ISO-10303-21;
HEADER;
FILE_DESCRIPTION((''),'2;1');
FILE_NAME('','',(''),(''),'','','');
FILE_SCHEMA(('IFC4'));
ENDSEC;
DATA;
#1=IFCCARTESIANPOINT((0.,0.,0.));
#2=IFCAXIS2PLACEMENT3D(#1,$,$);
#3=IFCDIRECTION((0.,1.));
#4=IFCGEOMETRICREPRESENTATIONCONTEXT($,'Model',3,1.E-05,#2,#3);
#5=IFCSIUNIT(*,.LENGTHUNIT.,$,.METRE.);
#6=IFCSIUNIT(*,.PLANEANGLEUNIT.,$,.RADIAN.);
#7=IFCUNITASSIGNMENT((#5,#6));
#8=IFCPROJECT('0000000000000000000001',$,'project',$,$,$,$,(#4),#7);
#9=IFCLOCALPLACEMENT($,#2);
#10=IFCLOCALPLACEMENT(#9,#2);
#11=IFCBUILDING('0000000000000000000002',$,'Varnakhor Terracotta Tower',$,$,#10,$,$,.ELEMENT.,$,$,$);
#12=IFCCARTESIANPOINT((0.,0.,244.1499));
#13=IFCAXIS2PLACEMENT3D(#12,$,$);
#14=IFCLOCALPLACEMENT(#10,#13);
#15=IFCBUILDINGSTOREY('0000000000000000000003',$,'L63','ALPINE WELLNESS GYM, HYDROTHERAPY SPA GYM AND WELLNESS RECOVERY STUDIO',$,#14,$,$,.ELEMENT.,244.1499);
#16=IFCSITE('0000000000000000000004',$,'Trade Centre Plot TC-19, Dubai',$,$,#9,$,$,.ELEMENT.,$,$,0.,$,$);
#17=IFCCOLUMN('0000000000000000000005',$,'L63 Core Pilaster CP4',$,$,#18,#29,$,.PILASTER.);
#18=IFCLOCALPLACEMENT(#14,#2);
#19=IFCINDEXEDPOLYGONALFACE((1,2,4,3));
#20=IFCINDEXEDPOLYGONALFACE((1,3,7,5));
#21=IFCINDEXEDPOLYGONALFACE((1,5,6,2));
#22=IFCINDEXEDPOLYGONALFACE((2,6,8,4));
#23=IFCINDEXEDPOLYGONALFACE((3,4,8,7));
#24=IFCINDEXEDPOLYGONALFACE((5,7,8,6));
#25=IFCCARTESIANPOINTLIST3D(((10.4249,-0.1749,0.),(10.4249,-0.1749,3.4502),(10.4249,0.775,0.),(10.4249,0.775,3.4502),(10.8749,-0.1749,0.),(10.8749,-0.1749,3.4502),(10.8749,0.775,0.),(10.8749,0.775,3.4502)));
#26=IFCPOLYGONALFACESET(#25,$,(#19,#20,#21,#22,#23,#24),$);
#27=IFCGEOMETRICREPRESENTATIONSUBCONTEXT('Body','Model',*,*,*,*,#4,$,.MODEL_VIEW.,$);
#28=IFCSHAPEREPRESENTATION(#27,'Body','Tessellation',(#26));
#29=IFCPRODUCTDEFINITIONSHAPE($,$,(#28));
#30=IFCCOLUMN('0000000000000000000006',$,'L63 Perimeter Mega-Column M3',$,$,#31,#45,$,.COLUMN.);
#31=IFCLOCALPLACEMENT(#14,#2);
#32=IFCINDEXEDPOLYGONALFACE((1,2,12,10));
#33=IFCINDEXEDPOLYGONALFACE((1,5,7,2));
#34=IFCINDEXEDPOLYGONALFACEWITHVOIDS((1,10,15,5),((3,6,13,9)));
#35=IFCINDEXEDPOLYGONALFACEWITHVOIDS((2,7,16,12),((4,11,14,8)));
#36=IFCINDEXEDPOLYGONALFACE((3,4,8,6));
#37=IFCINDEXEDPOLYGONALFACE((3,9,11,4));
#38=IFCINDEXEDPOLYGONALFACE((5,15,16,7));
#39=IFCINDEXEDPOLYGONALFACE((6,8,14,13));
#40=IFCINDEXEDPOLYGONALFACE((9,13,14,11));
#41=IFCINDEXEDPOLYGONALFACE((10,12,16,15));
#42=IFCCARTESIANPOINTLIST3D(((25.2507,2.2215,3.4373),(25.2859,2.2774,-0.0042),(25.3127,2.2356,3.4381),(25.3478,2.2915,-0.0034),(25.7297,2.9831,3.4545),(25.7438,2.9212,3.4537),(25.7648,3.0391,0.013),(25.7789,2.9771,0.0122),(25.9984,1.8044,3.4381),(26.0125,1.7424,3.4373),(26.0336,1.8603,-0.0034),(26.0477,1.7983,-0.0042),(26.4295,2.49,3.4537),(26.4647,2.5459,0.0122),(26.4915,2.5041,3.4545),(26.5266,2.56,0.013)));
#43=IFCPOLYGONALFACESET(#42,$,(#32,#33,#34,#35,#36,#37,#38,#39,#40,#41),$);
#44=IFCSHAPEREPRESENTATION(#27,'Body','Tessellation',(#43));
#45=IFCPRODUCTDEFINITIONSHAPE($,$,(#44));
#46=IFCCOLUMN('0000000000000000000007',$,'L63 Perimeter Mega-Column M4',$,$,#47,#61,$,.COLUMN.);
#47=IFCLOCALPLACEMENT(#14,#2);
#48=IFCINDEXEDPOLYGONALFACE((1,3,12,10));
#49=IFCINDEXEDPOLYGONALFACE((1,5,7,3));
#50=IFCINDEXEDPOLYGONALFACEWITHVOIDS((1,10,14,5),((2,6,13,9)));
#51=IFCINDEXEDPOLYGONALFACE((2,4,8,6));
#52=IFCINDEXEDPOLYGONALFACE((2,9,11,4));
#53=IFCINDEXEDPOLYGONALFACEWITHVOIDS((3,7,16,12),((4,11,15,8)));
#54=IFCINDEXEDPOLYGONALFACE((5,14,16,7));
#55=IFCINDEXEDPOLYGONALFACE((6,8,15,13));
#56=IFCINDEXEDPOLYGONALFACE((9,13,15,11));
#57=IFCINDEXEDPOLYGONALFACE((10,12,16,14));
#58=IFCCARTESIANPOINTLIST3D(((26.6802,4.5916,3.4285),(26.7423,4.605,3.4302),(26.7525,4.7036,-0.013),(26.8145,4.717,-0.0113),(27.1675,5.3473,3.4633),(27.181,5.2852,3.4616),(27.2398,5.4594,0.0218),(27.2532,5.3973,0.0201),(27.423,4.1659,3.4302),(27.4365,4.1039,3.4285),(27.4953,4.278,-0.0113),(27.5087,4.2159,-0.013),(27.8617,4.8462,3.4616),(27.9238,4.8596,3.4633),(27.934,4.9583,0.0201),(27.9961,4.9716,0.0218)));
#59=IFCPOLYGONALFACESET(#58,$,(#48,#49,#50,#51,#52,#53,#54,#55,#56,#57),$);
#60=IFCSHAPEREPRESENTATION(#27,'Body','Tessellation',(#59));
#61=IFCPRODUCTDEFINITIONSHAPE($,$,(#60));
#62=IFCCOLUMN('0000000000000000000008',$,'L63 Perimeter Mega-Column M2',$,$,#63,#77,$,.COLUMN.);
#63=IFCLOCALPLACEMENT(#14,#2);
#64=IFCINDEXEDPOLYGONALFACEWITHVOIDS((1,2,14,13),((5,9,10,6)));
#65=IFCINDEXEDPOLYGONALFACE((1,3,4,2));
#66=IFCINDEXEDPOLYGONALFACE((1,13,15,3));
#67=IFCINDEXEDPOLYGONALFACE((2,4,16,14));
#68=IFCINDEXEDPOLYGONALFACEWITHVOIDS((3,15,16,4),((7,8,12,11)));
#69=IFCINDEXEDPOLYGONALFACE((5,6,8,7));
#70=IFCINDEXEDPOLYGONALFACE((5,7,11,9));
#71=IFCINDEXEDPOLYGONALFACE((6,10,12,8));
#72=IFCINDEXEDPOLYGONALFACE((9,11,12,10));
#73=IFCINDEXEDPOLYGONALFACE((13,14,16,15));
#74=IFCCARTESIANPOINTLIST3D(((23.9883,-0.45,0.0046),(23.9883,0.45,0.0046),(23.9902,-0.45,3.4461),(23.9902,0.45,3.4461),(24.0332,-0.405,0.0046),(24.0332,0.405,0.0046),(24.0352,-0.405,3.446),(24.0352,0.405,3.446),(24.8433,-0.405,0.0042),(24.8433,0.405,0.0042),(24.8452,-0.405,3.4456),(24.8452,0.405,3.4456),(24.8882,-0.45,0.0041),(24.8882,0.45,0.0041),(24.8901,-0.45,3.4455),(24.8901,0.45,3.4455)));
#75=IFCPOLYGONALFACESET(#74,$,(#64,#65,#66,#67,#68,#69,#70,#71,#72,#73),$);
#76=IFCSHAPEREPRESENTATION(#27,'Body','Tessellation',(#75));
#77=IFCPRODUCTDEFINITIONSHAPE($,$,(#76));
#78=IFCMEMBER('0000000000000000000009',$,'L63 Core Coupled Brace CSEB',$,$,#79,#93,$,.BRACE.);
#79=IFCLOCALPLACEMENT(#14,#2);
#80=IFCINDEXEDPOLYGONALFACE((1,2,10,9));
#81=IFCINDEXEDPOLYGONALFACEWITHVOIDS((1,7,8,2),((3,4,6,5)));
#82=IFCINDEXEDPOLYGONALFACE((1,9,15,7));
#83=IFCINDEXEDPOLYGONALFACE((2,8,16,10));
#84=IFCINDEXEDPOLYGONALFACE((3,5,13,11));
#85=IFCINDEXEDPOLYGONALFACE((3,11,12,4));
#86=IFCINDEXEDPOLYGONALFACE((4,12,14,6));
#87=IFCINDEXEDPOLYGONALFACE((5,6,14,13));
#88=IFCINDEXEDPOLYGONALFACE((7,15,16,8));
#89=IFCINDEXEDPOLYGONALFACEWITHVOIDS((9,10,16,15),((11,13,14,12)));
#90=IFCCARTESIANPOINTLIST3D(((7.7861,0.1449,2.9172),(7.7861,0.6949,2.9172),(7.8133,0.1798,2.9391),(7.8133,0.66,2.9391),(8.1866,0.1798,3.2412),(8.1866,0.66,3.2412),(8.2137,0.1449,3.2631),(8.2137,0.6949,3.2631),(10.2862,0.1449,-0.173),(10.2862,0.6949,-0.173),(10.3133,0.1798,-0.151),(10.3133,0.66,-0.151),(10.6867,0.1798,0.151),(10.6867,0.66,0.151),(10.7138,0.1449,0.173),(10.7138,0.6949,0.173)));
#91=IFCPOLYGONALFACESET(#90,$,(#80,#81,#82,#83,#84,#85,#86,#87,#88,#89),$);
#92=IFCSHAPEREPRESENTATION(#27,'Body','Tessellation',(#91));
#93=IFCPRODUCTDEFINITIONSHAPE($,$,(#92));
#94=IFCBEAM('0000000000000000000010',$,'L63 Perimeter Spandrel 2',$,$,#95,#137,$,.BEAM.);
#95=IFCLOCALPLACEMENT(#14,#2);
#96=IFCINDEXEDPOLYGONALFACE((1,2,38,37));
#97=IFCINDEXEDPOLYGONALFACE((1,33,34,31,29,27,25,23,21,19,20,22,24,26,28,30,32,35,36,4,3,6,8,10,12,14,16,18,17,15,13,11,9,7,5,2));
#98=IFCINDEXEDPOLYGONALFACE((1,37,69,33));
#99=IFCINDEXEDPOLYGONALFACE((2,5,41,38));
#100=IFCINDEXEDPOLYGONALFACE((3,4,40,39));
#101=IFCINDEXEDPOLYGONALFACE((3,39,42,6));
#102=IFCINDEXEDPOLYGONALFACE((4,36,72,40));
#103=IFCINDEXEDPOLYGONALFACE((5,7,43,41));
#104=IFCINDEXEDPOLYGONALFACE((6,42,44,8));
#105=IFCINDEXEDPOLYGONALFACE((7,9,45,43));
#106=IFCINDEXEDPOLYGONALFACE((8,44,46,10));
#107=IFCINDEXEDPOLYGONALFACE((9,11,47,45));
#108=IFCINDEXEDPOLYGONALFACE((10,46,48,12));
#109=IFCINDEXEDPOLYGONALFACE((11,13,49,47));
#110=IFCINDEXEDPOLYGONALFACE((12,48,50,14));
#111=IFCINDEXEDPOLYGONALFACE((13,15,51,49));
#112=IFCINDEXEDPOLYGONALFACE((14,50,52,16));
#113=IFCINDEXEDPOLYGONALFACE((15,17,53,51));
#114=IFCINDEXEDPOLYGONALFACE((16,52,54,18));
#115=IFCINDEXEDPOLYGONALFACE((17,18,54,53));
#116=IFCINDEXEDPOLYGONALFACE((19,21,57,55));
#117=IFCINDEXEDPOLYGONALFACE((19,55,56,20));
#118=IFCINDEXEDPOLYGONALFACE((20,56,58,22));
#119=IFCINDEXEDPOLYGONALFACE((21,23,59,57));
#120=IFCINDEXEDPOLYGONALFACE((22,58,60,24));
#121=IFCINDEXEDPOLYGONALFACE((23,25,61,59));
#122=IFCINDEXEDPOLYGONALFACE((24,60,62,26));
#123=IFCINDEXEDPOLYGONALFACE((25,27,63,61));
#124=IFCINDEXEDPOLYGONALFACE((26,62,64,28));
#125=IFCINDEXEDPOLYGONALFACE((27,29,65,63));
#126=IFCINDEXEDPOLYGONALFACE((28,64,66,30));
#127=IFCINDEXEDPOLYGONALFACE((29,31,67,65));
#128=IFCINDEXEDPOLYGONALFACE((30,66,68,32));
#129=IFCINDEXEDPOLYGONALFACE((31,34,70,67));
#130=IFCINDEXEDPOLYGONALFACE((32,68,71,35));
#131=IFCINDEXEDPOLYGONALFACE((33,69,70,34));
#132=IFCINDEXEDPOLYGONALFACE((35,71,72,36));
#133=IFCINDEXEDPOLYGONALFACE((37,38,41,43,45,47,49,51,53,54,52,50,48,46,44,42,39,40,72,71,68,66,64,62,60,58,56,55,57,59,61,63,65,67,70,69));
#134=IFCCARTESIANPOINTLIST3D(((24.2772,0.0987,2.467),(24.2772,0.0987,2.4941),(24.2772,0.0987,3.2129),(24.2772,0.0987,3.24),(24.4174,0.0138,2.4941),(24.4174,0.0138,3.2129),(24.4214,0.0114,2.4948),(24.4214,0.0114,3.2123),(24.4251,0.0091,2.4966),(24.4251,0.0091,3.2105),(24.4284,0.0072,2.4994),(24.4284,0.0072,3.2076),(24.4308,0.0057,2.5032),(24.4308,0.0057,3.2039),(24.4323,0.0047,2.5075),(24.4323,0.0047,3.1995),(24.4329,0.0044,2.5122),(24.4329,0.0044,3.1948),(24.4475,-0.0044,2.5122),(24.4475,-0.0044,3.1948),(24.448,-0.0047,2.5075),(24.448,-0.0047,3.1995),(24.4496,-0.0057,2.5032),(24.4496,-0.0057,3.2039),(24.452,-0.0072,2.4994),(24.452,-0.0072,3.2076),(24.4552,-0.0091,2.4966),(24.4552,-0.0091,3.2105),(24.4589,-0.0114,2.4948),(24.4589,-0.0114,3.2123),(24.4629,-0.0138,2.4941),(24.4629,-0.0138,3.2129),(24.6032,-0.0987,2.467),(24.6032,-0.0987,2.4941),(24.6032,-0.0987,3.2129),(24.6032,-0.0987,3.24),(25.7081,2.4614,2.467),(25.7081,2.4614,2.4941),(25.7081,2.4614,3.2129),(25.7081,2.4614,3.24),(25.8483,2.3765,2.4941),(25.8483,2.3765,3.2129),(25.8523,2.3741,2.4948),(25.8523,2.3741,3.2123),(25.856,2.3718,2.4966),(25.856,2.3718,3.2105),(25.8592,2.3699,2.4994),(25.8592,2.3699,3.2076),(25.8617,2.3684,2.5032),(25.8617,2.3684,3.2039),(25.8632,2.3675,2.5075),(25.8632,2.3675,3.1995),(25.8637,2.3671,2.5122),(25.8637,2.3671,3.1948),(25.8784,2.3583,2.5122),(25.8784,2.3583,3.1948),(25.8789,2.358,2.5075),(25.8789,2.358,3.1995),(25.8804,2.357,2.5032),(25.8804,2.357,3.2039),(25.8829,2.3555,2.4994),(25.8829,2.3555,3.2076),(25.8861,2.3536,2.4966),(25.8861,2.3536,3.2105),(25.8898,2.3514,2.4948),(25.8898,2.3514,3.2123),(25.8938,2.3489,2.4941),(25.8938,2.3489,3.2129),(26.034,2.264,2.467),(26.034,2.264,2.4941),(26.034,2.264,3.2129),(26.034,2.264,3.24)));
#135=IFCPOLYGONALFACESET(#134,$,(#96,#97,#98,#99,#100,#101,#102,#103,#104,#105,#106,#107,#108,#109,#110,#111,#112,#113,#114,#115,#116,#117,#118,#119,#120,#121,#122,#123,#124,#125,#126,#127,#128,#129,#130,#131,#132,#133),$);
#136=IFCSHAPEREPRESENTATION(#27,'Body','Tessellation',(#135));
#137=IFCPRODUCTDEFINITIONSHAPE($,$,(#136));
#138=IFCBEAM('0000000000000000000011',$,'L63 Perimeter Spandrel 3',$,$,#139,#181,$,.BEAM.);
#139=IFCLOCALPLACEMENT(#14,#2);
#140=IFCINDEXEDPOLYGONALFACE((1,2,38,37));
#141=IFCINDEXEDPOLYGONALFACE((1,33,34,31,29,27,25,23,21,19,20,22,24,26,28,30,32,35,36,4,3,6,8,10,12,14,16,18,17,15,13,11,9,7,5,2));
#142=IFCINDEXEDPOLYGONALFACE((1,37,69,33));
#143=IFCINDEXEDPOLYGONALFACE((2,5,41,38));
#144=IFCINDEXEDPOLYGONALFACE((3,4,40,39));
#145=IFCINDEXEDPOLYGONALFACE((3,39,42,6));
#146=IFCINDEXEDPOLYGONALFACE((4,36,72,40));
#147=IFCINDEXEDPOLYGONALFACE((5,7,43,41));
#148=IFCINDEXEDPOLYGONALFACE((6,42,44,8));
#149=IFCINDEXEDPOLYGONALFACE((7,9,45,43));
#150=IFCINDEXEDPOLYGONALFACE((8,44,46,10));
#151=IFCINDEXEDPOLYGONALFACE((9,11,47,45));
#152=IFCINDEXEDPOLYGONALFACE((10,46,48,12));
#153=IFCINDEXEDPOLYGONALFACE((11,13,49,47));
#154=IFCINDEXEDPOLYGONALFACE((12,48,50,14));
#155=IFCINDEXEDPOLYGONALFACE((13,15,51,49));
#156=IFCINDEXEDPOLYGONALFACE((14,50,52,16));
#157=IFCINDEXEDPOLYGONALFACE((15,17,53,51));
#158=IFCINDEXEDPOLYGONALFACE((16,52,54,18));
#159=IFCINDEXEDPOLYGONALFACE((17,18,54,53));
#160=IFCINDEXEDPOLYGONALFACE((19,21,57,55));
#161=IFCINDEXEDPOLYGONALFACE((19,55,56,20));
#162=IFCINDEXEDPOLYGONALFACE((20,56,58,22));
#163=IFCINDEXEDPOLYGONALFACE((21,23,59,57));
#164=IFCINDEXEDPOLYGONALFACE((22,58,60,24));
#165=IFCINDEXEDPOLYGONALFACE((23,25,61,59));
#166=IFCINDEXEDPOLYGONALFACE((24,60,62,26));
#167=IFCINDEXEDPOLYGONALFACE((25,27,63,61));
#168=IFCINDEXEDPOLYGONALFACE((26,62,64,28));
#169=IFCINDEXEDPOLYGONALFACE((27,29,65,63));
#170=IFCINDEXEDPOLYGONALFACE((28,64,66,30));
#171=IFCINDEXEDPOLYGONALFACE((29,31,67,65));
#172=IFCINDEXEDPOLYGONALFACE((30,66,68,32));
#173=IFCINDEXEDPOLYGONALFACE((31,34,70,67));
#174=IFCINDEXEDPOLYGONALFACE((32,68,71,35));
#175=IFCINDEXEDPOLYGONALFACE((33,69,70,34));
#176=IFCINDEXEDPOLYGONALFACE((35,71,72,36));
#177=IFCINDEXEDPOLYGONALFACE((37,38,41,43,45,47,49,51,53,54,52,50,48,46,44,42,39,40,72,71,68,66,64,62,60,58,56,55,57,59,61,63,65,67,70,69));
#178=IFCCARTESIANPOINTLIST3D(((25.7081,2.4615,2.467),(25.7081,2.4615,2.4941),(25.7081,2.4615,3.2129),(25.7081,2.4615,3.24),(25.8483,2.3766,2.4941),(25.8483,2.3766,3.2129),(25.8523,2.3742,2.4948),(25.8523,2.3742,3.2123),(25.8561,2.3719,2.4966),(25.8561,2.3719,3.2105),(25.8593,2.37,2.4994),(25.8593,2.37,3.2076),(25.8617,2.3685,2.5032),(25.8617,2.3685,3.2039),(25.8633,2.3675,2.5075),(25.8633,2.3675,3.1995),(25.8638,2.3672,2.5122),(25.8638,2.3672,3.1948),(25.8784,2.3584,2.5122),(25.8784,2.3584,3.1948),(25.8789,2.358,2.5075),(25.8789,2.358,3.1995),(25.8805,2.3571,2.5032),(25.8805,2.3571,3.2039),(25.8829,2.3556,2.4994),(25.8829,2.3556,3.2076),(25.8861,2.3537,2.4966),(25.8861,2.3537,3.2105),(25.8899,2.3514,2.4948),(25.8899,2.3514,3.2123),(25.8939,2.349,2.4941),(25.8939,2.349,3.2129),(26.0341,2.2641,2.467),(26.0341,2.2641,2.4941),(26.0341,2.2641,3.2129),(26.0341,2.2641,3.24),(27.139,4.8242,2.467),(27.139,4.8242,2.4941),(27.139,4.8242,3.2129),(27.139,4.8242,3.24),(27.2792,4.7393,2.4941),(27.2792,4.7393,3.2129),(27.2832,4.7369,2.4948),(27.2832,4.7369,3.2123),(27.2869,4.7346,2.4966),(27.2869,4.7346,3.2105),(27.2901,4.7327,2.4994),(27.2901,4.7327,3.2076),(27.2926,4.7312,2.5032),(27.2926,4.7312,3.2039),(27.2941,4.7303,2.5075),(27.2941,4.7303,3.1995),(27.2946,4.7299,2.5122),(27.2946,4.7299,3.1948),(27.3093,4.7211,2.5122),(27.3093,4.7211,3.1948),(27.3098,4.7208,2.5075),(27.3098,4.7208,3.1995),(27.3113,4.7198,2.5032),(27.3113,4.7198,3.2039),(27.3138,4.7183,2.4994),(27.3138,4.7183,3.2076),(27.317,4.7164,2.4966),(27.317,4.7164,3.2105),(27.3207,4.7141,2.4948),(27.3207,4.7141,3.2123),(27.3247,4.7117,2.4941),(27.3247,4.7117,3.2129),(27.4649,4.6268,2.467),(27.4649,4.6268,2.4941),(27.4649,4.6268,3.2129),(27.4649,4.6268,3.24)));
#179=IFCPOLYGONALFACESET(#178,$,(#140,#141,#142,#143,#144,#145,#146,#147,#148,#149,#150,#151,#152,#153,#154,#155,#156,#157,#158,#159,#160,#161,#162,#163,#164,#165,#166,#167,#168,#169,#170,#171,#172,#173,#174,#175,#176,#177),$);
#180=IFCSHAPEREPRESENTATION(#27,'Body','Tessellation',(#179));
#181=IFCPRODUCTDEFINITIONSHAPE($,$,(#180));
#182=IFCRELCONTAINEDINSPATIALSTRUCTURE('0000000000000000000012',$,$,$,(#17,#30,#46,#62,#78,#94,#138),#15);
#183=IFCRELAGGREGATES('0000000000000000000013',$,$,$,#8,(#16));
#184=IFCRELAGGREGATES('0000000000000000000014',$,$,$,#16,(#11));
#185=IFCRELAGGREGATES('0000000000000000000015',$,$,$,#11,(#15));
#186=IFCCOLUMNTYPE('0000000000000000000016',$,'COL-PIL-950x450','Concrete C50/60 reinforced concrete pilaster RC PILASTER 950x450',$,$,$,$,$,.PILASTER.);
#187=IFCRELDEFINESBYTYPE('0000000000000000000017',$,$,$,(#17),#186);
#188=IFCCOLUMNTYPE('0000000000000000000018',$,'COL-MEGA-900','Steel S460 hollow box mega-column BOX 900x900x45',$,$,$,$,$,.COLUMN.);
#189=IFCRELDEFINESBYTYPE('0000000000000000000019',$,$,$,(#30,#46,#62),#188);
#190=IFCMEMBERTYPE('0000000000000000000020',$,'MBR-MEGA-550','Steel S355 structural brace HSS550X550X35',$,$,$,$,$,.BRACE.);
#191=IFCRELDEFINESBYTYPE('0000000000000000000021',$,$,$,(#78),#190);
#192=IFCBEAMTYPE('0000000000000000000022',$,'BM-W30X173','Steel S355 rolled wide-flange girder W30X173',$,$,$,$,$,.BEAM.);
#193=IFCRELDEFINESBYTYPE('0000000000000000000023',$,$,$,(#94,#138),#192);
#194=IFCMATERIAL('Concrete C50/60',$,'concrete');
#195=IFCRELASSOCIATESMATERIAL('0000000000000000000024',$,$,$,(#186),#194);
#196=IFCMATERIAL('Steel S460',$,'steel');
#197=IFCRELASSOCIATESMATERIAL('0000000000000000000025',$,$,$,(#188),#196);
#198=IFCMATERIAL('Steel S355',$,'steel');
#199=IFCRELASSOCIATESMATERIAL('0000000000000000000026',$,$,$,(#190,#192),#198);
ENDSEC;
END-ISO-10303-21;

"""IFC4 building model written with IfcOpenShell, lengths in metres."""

from ifc_helpers import new_model, si_unit, direction, frame, origin, origin_2d, place, context, subcontext, project, spatial, rectangle, hollow_rectangle, i_section, extrude, source, transform, mapped, material, material_profile, profile_set, type_object, element, save


model = new_model("IFC4")

# Units and contexts
model_context = context("Model", 3, precision=1e-05, world=origin(), true_north=direction((0.0, 1.0)))
body_context = subcontext(model_context, "Body", "Model", "MODEL_VIEW")
ifc_project = project(units=[si_unit("LENGTHUNIT", "METRE"), si_unit("PLANEANGLEUNIT", "RADIAN")], contexts=[model_context])

# Site, building, storey
site_placement = place(None, origin())
site = spatial("IfcSite", under=ifc_project, at=site_placement, Name="Trade Centre Plot TC-19, Dubai", CompositionType="ELEMENT", RefElevation=0.0)
building_placement = place(site_placement, origin())
building = spatial("IfcBuilding", under=site, at=building_placement, Name="Varnakhor Terracotta Tower", CompositionType="ELEMENT")
storey_placement = place(building_placement, frame((0.0, 0.0, 244.1499)))
storey = spatial("IfcBuildingStorey", under=building, at=storey_placement, Name="L63", Description="ALPINE WELLNESS GYM, HYDROTHERAPY SPA GYM AND WELLNESS RECOVERY STUDIO", CompositionType="ELEMENT", Elevation=244.1499)

# Columns
ifc_material_1 = material(Name="Concrete C50/60", Category="concrete")
ifc_material_profile_1 = material_profile(ifc_material_1, rectangle(XDim=0.45, YDim=0.95, at=origin_2d()), Name="RC PILASTER 950x450")
ifc_profile_set_1 = profile_set([ifc_material_profile_1], Name="Concrete C50/60")
column_type_1 = type_object("IfcColumnType", Name="COL-PIL-950x450", Description="Concrete C50/60 reinforced concrete pilaster RC PILASTER 950x450", PredefinedType="PILASTER", material=ifc_profile_set_1)
shared_shape_1 = source(origin(), body_context, "Body", "SweptSolid", [
    extrude(rectangle(XDim=0.45, YDim=0.95, at=origin_2d()), origin(), (0.0, 0.0, 1.0), 3.4502),
])
column_1_placement = place(storey_placement, frame((10.6499, 0.3, 0.0), z_axis=(0.0, 0.0, 1.0), x_axis=(1.0, 0.0, 0.0)))
element("IfcColumn", 1, at=column_1_placement, inside=storey, type_object=column_type_1, Name="L63 Core Pilaster CP4", PredefinedType="PILASTER", context=body_context, shape_type="MappedRepresentation", body=[
    mapped(shared_shape_1, transform((0.0, 0.0, 0.0), scale=1.0)),
])
ifc_material_2 = material(Name="Steel S460", Category="steel")
ifc_material_profile_2 = material_profile(ifc_material_2, hollow_rectangle(XDim=0.8999, YDim=0.8999, WallThickness=0.0449, at=origin_2d()), Name="BOX 900x900x45")
ifc_profile_set_2 = profile_set([ifc_material_profile_2], Name="Steel S460")
column_type_2 = type_object("IfcColumnType", Name="COL-MEGA-900", Description="Steel S460 hollow box mega-column BOX 900x900x45", PredefinedType="COLUMN", material=ifc_profile_set_2)
shared_shape_2 = source(origin(), body_context, "Body", "SweptSolid", [
    extrude(hollow_rectangle(XDim=0.8999, YDim=0.8999, WallThickness=0.0449, at=origin_2d()), origin(), (0.0, 0.0, 1.0), 3.4421),
])
column_2_placement = place(storey_placement, frame((25.9062, 2.4187, 0.0044), z_axis=(-0.010214, -0.016243, 0.999816), x_axis=(0.846541, -0.532323, 0.0)))
element("IfcColumn", 2, at=column_2_placement, inside=storey, type_object=column_type_2, Name="L63 Perimeter Mega-Column M3", PredefinedType="COLUMN", context=body_context, shape_type="MappedRepresentation", body=[
    mapped(shared_shape_2, transform((0.0, 0.0, 0.0), scale=1.0)),
])
shared_shape_3 = source(origin(), body_context, "Body", "SweptSolid", [
    extrude(hollow_rectangle(XDim=0.8999, YDim=0.8999, WallThickness=0.0449, at=origin_2d()), origin(), (0.0, 0.0, 1.0), 3.4441),
])
column_3_placement = place(storey_placement, frame((27.3743, 4.8376, 0.0044), z_axis=(-0.020983, -0.032538, 0.99925), x_axis=(0.840404, -0.54196, 0.0)))
element("IfcColumn", 3, at=column_3_placement, inside=storey, type_object=column_type_2, Name="L63 Perimeter Mega-Column M4", PredefinedType="COLUMN", context=body_context, shape_type="MappedRepresentation", body=[
    mapped(shared_shape_3, transform((0.0, 0.0, 0.0), scale=1.0)),
])
shared_shape_4 = source(origin(), body_context, "Body", "SweptSolid", [
    extrude(hollow_rectangle(XDim=0.8999, YDim=0.8999, WallThickness=0.0449, at=origin_2d()), origin(), (0.0, 0.0, 1.0), 3.4414),
])
column_4_placement = place(storey_placement, frame((24.4382, 0.0, 0.0044), z_axis=(0.000568, 0.0, 1.0), x_axis=(1.0, 0.0, 0.0)))
element("IfcColumn", 4, at=column_4_placement, inside=storey, type_object=column_type_2, Name="L63 Perimeter Mega-Column M2", PredefinedType="COLUMN", context=body_context, shape_type="MappedRepresentation", body=[
    mapped(shared_shape_4, transform((0.0, 0.0, 0.0), scale=1.0)),
])

# Member
ifc_material_3 = material(Name="Steel S355", Category="steel")
ifc_material_profile_3 = material_profile(ifc_material_3, hollow_rectangle(XDim=0.55, YDim=0.55, WallThickness=0.0349, at=origin_2d()), Name="HSS550X550X35")
ifc_profile_set_3 = profile_set([ifc_material_profile_3], Name="Steel S355")
member_type_1 = type_object("IfcMemberType", Name="MBR-MEGA-550", Description="Steel S355 structural brace HSS550X550X35", PredefinedType="BRACE", material=ifc_profile_set_3)
shared_shape_5 = source(origin(), body_context, "Body", "SweptSolid", [
    extrude(hollow_rectangle(XDim=0.55, YDim=0.55, WallThickness=0.0349, at=origin_2d()), origin(), (0.0, 0.0, 1.0), 3.9749),
])
member_1_placement = place(storey_placement, frame((10.5, 0.4199, 0.0), z_axis=(-0.62897, 0.0, 0.777429), x_axis=(0.0, -1.0, 0.0)))
element("IfcMember", 5, at=member_1_placement, inside=storey, type_object=member_type_1, Name="L63 Core Coupled Brace CSEB", PredefinedType="BRACE", context=body_context, shape_type="MappedRepresentation", body=[
    mapped(shared_shape_5, transform((0.0, 0.0, 0.0), scale=1.0)),
])

# Beams
ifc_material_profile_4 = material_profile(ifc_material_3, i_section(OverallWidth=0.3811, OverallDepth=0.7729, WebThickness=0.0171, FlangeThickness=0.0271, FilletRadius=0.0181, at=origin_2d()), Name="W30X173")
ifc_profile_set_4 = profile_set([ifc_material_profile_4], Name="Steel S355")
beam_type_1 = type_object("IfcBeamType", Name="BM-W30X173", Description="Steel S355 rolled wide-flange girder W30X173", PredefinedType="BEAM", material=ifc_profile_set_4)
shared_shape_6 = source(origin(), body_context, "Body", "SweptSolid", [
    extrude(i_section(OverallWidth=0.3811, OverallDepth=0.7729, WebThickness=0.0171, FlangeThickness=0.0271, FilletRadius=0.0181, at=origin_2d()), origin(), (0.0, 0.0, 1.0), 2.7622),
])
for number, where, z_axis, x_axis, name in (
    (6, (24.4402, 0.0, 2.8535), (0.518014, 0.855372, 0.0), (-0.855372, 0.518014, 0.0), "L63 Perimeter Spandrel 2"),
    (7, (25.8711, 2.3628, 2.8535), (0.518014, 0.855372, 0.0), (-0.855372, 0.518014, 0.0), "L63 Perimeter Spandrel 3"),
):
    element("IfcBeam", number, at=place(storey_placement, frame(where, z_axis=z_axis, x_axis=x_axis)), inside=storey, type_object=beam_type_1, Name=name, PredefinedType="BEAM", context=body_context, shape_type="MappedRepresentation", body=[
        mapped(shared_shape_6, transform((0.0, 0.0, 0.0), scale=1.0)),
    ])

save(model, "model.ifc")
